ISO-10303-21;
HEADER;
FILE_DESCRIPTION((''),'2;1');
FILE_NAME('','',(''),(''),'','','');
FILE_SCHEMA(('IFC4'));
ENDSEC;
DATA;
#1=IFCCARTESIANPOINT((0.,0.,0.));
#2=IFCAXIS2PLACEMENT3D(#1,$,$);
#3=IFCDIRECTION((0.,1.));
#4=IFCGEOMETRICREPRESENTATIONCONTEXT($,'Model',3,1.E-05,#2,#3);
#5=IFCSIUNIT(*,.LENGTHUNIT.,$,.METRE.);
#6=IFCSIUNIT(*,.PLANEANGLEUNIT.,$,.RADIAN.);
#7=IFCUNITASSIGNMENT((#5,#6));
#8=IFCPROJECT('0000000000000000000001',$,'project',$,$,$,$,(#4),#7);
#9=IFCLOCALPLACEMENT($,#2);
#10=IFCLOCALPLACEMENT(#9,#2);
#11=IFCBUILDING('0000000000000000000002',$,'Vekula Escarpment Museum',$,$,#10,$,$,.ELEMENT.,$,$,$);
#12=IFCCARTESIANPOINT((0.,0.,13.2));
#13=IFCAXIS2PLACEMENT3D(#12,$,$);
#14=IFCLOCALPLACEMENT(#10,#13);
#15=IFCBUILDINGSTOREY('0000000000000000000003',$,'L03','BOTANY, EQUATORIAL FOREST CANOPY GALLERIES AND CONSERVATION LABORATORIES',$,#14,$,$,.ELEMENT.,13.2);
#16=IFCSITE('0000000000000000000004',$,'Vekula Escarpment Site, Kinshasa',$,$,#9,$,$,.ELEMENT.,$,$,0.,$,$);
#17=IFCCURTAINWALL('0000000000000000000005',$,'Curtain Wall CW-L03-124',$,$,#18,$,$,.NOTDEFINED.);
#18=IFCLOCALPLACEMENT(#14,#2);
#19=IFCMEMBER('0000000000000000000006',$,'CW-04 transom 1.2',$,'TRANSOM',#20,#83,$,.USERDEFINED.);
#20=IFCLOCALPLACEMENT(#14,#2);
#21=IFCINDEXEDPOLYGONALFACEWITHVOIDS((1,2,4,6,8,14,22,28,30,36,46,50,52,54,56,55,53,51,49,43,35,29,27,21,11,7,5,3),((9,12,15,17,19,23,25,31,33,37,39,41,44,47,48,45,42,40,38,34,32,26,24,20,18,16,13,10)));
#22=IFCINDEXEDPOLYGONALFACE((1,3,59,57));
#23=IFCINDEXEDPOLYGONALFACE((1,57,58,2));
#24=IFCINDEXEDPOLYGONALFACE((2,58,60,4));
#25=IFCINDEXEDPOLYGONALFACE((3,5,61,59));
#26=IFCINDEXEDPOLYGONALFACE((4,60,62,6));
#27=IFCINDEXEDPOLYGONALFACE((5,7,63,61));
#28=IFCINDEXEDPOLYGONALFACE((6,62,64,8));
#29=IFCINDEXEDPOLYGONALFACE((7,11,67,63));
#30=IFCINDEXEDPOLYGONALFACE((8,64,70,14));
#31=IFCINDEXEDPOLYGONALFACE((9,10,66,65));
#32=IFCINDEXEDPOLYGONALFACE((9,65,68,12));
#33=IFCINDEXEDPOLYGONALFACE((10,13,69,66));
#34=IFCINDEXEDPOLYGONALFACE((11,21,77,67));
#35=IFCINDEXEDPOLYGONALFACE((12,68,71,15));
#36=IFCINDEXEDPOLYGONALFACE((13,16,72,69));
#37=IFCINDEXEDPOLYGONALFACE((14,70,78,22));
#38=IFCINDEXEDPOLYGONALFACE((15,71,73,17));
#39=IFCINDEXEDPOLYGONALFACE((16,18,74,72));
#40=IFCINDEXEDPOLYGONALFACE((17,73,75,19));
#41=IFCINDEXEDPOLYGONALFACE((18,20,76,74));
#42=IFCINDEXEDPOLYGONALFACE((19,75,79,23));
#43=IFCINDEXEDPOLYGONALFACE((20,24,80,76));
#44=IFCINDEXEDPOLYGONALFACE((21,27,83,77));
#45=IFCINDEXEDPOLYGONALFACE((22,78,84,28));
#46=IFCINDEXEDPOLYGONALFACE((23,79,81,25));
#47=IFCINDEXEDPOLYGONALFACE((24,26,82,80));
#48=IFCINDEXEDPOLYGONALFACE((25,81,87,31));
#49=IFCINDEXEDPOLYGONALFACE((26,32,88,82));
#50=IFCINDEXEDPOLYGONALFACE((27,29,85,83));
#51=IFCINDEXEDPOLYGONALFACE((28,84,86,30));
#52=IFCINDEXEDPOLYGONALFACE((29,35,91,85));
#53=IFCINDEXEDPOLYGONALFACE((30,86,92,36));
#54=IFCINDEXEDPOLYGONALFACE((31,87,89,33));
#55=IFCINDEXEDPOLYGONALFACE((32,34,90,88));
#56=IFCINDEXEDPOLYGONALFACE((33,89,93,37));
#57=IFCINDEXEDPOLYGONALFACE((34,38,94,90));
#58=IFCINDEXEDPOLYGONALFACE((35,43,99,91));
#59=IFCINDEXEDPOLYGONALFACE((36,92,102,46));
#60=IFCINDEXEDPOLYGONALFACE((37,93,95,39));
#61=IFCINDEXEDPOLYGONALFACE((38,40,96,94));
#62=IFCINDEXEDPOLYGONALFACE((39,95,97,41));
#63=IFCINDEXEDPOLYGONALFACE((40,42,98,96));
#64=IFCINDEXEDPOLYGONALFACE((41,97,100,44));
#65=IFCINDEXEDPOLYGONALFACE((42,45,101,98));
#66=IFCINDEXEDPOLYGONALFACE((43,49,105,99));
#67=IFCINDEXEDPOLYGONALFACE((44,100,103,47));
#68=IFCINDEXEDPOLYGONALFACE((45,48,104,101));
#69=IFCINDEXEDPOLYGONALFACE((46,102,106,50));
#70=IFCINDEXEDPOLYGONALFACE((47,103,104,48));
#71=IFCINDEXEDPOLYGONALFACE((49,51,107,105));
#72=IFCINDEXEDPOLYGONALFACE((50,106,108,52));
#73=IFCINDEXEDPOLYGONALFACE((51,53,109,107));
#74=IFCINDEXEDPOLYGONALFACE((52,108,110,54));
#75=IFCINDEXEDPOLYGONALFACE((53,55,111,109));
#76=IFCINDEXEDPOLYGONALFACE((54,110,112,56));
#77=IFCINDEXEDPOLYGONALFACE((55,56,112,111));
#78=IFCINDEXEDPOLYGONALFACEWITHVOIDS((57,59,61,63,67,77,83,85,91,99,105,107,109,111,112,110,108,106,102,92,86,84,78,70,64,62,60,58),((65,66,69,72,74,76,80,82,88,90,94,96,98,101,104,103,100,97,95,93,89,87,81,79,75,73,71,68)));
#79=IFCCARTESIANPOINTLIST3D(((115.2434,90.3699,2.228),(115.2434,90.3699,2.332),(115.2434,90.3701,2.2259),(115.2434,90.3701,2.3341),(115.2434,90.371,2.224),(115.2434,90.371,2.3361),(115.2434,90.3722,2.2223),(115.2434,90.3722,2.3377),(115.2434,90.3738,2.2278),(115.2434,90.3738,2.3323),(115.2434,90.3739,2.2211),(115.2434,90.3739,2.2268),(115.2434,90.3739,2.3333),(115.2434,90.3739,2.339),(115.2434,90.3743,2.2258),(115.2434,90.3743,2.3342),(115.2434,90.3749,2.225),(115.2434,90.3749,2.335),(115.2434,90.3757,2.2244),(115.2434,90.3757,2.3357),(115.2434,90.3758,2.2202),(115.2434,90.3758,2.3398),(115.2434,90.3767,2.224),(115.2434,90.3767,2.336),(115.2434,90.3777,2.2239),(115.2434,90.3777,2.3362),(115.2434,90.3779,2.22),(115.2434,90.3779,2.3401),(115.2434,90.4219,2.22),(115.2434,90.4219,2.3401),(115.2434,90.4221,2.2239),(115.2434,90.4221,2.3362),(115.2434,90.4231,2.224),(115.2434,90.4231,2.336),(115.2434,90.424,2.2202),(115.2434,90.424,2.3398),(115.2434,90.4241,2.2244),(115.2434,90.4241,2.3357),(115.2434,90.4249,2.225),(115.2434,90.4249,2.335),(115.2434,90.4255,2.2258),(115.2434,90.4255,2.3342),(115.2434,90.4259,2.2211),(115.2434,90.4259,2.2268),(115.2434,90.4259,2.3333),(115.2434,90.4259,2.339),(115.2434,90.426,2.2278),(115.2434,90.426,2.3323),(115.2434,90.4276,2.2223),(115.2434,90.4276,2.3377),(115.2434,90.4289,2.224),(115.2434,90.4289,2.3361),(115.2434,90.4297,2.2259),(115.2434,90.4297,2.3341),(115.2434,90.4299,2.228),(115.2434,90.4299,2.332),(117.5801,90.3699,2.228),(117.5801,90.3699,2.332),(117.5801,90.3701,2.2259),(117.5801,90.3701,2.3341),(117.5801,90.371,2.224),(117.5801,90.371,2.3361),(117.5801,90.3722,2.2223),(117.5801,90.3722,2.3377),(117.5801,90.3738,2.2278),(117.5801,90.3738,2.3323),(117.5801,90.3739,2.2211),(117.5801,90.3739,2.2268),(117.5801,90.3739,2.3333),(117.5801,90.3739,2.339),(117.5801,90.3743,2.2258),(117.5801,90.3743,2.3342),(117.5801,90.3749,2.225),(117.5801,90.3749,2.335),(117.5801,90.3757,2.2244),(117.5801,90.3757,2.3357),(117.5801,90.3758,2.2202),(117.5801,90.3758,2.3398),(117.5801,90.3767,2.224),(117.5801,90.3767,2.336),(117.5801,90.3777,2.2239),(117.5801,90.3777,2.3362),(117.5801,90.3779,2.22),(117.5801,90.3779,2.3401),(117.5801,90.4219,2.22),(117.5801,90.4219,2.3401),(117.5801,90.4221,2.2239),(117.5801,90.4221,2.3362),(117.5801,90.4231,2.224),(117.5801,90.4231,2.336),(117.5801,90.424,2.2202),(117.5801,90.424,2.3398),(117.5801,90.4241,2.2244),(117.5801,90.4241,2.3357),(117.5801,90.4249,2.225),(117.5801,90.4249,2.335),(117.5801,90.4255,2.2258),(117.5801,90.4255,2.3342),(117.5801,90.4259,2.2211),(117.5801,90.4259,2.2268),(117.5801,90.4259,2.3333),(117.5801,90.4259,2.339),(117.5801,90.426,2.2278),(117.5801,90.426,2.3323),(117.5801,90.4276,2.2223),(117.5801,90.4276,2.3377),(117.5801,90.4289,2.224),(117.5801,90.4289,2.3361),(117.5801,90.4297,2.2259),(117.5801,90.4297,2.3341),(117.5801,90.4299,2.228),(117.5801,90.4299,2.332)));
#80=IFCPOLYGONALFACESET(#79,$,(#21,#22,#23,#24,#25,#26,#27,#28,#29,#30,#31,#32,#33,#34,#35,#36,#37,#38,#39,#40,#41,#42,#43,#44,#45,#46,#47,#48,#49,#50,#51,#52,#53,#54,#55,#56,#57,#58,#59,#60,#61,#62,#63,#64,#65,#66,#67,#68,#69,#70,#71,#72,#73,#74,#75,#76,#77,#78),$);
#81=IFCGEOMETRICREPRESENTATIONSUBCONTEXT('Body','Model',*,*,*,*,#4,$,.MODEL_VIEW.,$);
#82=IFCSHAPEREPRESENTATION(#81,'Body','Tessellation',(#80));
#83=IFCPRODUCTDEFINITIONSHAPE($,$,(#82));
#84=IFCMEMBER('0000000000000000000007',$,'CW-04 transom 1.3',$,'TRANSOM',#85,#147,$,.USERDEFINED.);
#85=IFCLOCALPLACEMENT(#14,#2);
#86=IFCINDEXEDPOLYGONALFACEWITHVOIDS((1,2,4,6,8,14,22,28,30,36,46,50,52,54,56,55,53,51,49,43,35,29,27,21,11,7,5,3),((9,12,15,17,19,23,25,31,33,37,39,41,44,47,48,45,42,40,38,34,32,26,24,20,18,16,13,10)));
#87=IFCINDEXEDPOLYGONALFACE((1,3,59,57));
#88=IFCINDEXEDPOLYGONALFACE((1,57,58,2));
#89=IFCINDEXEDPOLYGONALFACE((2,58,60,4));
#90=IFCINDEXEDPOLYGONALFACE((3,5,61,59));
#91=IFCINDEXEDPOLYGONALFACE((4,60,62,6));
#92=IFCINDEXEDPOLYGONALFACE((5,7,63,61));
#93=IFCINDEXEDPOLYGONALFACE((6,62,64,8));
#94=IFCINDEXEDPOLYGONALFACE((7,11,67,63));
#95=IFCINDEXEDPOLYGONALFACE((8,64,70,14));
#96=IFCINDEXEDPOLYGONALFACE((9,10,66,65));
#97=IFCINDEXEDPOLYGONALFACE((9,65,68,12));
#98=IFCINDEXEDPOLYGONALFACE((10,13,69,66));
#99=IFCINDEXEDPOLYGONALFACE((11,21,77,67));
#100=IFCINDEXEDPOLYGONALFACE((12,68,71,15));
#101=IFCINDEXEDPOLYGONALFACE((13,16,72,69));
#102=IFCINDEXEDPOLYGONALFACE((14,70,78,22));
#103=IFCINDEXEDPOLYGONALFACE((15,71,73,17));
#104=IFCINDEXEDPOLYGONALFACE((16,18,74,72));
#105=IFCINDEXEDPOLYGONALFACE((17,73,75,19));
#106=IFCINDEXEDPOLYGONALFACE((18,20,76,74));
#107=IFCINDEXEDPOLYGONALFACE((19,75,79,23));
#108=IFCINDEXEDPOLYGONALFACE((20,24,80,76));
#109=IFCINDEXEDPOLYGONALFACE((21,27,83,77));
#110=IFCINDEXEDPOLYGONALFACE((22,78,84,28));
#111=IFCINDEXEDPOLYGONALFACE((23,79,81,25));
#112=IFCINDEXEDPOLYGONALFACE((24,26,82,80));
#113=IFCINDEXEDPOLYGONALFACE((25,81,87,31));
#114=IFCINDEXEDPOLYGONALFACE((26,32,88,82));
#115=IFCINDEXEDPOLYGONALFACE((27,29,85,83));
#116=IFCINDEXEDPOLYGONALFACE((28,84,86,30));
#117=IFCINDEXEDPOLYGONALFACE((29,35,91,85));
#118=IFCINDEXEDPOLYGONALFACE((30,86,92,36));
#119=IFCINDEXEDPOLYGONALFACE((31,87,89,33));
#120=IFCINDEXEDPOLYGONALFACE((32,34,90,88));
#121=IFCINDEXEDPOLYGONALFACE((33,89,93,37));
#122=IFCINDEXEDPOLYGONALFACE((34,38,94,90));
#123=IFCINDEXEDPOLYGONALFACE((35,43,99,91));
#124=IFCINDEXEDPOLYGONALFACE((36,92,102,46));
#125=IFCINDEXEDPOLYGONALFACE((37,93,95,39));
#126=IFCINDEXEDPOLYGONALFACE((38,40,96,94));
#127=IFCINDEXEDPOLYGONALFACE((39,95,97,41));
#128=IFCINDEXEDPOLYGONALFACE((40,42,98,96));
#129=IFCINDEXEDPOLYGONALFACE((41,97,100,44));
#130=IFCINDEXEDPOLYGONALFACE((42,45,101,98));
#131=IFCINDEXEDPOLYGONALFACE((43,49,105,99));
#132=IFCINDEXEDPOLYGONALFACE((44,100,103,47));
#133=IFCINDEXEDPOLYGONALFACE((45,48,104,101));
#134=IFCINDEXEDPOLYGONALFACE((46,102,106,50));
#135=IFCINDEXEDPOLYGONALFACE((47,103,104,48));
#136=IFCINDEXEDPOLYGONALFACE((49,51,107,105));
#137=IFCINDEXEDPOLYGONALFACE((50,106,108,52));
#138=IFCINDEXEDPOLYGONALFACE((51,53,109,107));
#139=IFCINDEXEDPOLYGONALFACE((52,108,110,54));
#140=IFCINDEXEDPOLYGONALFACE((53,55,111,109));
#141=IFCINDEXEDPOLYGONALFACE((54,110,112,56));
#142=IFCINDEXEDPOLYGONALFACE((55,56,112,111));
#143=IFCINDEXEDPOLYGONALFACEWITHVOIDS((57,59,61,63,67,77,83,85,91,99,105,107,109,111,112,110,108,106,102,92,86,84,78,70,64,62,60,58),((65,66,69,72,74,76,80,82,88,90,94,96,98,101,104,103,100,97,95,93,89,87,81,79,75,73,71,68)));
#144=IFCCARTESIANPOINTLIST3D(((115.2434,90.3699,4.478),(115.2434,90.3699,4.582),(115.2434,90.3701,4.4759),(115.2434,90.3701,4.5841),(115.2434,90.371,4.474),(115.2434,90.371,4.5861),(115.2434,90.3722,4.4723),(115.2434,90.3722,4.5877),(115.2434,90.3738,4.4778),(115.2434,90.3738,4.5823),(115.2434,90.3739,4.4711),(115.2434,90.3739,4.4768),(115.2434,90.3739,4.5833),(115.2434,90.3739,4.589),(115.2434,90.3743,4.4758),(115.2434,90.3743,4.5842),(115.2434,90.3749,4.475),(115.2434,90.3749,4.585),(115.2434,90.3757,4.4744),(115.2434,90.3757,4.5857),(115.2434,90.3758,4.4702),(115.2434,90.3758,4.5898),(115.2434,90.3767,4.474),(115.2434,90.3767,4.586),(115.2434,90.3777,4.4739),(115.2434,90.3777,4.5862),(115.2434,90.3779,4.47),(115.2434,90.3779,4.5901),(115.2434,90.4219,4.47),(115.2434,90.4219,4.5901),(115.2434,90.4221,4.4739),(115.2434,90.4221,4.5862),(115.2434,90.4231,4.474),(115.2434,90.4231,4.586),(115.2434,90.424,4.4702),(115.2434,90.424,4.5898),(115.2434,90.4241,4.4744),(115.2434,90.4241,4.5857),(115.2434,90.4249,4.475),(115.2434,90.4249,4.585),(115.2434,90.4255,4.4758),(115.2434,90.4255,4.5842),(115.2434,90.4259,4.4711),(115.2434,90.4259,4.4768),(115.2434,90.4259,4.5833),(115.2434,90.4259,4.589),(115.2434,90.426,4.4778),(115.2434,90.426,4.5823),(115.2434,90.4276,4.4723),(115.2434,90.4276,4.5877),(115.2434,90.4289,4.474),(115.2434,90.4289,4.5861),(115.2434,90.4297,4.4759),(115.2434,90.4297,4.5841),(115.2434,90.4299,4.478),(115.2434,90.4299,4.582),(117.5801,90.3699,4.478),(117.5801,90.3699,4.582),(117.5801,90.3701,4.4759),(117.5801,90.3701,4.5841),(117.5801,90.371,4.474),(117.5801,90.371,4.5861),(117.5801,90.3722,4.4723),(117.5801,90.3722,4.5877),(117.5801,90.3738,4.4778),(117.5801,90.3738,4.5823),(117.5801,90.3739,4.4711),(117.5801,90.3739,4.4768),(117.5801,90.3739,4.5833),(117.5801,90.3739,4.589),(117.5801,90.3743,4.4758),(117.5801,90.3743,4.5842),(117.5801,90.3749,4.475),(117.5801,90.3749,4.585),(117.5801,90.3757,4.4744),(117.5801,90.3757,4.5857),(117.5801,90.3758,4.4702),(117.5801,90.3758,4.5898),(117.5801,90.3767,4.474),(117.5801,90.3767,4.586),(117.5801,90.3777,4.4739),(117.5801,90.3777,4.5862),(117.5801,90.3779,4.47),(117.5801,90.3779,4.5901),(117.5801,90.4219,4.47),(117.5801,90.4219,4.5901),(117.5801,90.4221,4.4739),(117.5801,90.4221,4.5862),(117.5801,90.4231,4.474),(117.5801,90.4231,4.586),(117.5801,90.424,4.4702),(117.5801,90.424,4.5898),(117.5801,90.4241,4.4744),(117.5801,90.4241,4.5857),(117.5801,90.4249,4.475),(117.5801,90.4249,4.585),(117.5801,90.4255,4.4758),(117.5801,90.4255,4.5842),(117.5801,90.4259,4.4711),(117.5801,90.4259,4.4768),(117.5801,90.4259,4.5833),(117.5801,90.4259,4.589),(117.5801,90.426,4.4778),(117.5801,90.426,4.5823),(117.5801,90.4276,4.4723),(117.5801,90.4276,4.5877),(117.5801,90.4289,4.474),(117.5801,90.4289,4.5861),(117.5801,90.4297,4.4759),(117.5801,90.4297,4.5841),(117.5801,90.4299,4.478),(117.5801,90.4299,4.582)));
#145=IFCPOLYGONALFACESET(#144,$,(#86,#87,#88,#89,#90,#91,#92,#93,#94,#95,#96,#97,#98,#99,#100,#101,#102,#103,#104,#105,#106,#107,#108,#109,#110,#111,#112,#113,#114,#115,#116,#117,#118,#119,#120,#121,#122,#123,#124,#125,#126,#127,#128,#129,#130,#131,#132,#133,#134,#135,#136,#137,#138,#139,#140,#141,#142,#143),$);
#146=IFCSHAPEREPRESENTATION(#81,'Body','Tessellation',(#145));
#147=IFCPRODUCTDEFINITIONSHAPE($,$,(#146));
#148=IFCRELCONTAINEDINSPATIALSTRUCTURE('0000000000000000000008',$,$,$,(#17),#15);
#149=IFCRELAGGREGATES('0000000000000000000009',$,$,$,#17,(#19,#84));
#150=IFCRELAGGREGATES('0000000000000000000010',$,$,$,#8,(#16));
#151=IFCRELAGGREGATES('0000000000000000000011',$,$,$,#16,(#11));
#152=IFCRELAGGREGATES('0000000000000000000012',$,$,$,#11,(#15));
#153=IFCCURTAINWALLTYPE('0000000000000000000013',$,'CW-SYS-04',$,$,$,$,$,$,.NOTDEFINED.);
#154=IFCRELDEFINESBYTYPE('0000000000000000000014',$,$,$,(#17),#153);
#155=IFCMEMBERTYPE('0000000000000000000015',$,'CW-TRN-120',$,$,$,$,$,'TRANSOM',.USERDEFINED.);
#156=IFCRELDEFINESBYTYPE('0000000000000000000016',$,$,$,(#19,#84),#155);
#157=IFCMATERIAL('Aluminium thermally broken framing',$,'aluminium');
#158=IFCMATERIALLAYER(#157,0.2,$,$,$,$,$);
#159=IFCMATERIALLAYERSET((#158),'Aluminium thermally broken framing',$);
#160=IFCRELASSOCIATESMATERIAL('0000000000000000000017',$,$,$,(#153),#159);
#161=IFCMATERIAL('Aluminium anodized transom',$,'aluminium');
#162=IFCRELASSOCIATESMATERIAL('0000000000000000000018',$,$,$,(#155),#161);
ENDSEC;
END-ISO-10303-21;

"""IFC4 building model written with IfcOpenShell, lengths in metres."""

from ifc_helpers import new_model, si_unit, direction, frame, origin, origin_2d, place, context, subcontext, project, spatial, hollow_rectangle, extrude, material, layer, layer_set, material_profile, profile_set, type_object, element, aggregate, save


model = new_model("IFC4")

# Units and contexts
model_context = context("Model", 3, precision=1e-05, world=origin(), true_north=direction((0.0, 1.0)))
body_context = subcontext(model_context, "Body", "Model", "MODEL_VIEW")
ifc_project = project(units=[si_unit("LENGTHUNIT", "METRE"), si_unit("PLANEANGLEUNIT", "RADIAN")], contexts=[model_context])

# Site, building, storey
site_placement = place(None, origin())
site = spatial("IfcSite", under=ifc_project, at=site_placement, Name="Vekula Escarpment Site, Kinshasa", CompositionType="ELEMENT", RefElevation=0.0)
building_placement = place(site_placement, origin())
building = spatial("IfcBuilding", under=site, at=building_placement, Name="Vekula Escarpment Museum", CompositionType="ELEMENT")
storey_placement = place(building_placement, frame((0.0, 0.0, 13.2)))
storey = spatial("IfcBuildingStorey", under=building, at=storey_placement, Name="L03", Description="BOTANY, EQUATORIAL FOREST CANOPY GALLERIES AND CONSERVATION LABORATORIES", CompositionType="ELEMENT", Elevation=13.2)

# Curtain wall
ifc_material_1 = material(Name="Aluminium thermally broken framing", Category="aluminium")
ifc_layer_1 = layer(ifc_material_1, 0.2)
ifc_layer_set_1 = layer_set([ifc_layer_1], Name="Aluminium thermally broken framing")
curtain_wall_type_1 = type_object("IfcCurtainWallType", Name="CW-SYS-04", PredefinedType="NOTDEFINED", material=ifc_layer_set_1)
curtain_wall_1_placement = place(storey_placement, origin())
curtain_wall_1 = element("IfcCurtainWall", 1, at=curtain_wall_1_placement, inside=storey, type_object=curtain_wall_type_1, Name="Curtain Wall CW-L03-124", PredefinedType="NOTDEFINED")

# Members
ifc_material_2 = material(Name="Aluminium anodized transom", Category="aluminium")
ifc_material_profile_1 = material_profile(ifc_material_2, hollow_rectangle(XDim=0.0601, YDim=0.1201, WallThickness=0.0039, InnerFilletRadius=0.0039, OuterFilletRadius=0.0081, at=origin_2d()), Name="ALU 120x60x4")
ifc_profile_set_1 = profile_set([ifc_material_profile_1], Name="Aluminium anodized transom")
member_type_1 = type_object("IfcMemberType", Name="CW-TRN-120", ElementType="TRANSOM", PredefinedType="USERDEFINED", material=ifc_profile_set_1)
member_1_placement = place(storey_placement, frame((117.5801, 90.3999, 2.28), z_axis=(-1.0, 0.0, 0.0), x_axis=(0.0, -1.0, 0.0)))
member_1 = element("IfcMember", 2, at=member_1_placement, type_object=member_type_1, Name="CW-04 transom 1.2", ObjectType="TRANSOM", PredefinedType="USERDEFINED", context=body_context, shape_type="SweptSolid", body=[
    extrude(hollow_rectangle(XDim=0.0601, YDim=0.1201, WallThickness=0.0039, InnerFilletRadius=0.0039, OuterFilletRadius=0.0081, at=origin_2d()), origin(), (0.0, 0.0, 1.0), 2.3367),
])
member_2_placement = place(storey_placement, frame((117.5801, 90.3999, 4.53), z_axis=(-1.0, 0.0, 0.0), x_axis=(0.0, -1.0, 0.0)))
member_2 = element("IfcMember", 3, at=member_2_placement, type_object=member_type_1, Name="CW-04 transom 1.3", ObjectType="TRANSOM", PredefinedType="USERDEFINED", context=body_context, shape_type="SweptSolid", body=[
    extrude(hollow_rectangle(XDim=0.0601, YDim=0.1201, WallThickness=0.0039, InnerFilletRadius=0.0039, OuterFilletRadius=0.0081, at=origin_2d()), origin(), (0.0, 0.0, 1.0), 2.3367),
])

aggregate(curtain_wall_1, [member_1, member_2])

save(model, "model.ifc")
